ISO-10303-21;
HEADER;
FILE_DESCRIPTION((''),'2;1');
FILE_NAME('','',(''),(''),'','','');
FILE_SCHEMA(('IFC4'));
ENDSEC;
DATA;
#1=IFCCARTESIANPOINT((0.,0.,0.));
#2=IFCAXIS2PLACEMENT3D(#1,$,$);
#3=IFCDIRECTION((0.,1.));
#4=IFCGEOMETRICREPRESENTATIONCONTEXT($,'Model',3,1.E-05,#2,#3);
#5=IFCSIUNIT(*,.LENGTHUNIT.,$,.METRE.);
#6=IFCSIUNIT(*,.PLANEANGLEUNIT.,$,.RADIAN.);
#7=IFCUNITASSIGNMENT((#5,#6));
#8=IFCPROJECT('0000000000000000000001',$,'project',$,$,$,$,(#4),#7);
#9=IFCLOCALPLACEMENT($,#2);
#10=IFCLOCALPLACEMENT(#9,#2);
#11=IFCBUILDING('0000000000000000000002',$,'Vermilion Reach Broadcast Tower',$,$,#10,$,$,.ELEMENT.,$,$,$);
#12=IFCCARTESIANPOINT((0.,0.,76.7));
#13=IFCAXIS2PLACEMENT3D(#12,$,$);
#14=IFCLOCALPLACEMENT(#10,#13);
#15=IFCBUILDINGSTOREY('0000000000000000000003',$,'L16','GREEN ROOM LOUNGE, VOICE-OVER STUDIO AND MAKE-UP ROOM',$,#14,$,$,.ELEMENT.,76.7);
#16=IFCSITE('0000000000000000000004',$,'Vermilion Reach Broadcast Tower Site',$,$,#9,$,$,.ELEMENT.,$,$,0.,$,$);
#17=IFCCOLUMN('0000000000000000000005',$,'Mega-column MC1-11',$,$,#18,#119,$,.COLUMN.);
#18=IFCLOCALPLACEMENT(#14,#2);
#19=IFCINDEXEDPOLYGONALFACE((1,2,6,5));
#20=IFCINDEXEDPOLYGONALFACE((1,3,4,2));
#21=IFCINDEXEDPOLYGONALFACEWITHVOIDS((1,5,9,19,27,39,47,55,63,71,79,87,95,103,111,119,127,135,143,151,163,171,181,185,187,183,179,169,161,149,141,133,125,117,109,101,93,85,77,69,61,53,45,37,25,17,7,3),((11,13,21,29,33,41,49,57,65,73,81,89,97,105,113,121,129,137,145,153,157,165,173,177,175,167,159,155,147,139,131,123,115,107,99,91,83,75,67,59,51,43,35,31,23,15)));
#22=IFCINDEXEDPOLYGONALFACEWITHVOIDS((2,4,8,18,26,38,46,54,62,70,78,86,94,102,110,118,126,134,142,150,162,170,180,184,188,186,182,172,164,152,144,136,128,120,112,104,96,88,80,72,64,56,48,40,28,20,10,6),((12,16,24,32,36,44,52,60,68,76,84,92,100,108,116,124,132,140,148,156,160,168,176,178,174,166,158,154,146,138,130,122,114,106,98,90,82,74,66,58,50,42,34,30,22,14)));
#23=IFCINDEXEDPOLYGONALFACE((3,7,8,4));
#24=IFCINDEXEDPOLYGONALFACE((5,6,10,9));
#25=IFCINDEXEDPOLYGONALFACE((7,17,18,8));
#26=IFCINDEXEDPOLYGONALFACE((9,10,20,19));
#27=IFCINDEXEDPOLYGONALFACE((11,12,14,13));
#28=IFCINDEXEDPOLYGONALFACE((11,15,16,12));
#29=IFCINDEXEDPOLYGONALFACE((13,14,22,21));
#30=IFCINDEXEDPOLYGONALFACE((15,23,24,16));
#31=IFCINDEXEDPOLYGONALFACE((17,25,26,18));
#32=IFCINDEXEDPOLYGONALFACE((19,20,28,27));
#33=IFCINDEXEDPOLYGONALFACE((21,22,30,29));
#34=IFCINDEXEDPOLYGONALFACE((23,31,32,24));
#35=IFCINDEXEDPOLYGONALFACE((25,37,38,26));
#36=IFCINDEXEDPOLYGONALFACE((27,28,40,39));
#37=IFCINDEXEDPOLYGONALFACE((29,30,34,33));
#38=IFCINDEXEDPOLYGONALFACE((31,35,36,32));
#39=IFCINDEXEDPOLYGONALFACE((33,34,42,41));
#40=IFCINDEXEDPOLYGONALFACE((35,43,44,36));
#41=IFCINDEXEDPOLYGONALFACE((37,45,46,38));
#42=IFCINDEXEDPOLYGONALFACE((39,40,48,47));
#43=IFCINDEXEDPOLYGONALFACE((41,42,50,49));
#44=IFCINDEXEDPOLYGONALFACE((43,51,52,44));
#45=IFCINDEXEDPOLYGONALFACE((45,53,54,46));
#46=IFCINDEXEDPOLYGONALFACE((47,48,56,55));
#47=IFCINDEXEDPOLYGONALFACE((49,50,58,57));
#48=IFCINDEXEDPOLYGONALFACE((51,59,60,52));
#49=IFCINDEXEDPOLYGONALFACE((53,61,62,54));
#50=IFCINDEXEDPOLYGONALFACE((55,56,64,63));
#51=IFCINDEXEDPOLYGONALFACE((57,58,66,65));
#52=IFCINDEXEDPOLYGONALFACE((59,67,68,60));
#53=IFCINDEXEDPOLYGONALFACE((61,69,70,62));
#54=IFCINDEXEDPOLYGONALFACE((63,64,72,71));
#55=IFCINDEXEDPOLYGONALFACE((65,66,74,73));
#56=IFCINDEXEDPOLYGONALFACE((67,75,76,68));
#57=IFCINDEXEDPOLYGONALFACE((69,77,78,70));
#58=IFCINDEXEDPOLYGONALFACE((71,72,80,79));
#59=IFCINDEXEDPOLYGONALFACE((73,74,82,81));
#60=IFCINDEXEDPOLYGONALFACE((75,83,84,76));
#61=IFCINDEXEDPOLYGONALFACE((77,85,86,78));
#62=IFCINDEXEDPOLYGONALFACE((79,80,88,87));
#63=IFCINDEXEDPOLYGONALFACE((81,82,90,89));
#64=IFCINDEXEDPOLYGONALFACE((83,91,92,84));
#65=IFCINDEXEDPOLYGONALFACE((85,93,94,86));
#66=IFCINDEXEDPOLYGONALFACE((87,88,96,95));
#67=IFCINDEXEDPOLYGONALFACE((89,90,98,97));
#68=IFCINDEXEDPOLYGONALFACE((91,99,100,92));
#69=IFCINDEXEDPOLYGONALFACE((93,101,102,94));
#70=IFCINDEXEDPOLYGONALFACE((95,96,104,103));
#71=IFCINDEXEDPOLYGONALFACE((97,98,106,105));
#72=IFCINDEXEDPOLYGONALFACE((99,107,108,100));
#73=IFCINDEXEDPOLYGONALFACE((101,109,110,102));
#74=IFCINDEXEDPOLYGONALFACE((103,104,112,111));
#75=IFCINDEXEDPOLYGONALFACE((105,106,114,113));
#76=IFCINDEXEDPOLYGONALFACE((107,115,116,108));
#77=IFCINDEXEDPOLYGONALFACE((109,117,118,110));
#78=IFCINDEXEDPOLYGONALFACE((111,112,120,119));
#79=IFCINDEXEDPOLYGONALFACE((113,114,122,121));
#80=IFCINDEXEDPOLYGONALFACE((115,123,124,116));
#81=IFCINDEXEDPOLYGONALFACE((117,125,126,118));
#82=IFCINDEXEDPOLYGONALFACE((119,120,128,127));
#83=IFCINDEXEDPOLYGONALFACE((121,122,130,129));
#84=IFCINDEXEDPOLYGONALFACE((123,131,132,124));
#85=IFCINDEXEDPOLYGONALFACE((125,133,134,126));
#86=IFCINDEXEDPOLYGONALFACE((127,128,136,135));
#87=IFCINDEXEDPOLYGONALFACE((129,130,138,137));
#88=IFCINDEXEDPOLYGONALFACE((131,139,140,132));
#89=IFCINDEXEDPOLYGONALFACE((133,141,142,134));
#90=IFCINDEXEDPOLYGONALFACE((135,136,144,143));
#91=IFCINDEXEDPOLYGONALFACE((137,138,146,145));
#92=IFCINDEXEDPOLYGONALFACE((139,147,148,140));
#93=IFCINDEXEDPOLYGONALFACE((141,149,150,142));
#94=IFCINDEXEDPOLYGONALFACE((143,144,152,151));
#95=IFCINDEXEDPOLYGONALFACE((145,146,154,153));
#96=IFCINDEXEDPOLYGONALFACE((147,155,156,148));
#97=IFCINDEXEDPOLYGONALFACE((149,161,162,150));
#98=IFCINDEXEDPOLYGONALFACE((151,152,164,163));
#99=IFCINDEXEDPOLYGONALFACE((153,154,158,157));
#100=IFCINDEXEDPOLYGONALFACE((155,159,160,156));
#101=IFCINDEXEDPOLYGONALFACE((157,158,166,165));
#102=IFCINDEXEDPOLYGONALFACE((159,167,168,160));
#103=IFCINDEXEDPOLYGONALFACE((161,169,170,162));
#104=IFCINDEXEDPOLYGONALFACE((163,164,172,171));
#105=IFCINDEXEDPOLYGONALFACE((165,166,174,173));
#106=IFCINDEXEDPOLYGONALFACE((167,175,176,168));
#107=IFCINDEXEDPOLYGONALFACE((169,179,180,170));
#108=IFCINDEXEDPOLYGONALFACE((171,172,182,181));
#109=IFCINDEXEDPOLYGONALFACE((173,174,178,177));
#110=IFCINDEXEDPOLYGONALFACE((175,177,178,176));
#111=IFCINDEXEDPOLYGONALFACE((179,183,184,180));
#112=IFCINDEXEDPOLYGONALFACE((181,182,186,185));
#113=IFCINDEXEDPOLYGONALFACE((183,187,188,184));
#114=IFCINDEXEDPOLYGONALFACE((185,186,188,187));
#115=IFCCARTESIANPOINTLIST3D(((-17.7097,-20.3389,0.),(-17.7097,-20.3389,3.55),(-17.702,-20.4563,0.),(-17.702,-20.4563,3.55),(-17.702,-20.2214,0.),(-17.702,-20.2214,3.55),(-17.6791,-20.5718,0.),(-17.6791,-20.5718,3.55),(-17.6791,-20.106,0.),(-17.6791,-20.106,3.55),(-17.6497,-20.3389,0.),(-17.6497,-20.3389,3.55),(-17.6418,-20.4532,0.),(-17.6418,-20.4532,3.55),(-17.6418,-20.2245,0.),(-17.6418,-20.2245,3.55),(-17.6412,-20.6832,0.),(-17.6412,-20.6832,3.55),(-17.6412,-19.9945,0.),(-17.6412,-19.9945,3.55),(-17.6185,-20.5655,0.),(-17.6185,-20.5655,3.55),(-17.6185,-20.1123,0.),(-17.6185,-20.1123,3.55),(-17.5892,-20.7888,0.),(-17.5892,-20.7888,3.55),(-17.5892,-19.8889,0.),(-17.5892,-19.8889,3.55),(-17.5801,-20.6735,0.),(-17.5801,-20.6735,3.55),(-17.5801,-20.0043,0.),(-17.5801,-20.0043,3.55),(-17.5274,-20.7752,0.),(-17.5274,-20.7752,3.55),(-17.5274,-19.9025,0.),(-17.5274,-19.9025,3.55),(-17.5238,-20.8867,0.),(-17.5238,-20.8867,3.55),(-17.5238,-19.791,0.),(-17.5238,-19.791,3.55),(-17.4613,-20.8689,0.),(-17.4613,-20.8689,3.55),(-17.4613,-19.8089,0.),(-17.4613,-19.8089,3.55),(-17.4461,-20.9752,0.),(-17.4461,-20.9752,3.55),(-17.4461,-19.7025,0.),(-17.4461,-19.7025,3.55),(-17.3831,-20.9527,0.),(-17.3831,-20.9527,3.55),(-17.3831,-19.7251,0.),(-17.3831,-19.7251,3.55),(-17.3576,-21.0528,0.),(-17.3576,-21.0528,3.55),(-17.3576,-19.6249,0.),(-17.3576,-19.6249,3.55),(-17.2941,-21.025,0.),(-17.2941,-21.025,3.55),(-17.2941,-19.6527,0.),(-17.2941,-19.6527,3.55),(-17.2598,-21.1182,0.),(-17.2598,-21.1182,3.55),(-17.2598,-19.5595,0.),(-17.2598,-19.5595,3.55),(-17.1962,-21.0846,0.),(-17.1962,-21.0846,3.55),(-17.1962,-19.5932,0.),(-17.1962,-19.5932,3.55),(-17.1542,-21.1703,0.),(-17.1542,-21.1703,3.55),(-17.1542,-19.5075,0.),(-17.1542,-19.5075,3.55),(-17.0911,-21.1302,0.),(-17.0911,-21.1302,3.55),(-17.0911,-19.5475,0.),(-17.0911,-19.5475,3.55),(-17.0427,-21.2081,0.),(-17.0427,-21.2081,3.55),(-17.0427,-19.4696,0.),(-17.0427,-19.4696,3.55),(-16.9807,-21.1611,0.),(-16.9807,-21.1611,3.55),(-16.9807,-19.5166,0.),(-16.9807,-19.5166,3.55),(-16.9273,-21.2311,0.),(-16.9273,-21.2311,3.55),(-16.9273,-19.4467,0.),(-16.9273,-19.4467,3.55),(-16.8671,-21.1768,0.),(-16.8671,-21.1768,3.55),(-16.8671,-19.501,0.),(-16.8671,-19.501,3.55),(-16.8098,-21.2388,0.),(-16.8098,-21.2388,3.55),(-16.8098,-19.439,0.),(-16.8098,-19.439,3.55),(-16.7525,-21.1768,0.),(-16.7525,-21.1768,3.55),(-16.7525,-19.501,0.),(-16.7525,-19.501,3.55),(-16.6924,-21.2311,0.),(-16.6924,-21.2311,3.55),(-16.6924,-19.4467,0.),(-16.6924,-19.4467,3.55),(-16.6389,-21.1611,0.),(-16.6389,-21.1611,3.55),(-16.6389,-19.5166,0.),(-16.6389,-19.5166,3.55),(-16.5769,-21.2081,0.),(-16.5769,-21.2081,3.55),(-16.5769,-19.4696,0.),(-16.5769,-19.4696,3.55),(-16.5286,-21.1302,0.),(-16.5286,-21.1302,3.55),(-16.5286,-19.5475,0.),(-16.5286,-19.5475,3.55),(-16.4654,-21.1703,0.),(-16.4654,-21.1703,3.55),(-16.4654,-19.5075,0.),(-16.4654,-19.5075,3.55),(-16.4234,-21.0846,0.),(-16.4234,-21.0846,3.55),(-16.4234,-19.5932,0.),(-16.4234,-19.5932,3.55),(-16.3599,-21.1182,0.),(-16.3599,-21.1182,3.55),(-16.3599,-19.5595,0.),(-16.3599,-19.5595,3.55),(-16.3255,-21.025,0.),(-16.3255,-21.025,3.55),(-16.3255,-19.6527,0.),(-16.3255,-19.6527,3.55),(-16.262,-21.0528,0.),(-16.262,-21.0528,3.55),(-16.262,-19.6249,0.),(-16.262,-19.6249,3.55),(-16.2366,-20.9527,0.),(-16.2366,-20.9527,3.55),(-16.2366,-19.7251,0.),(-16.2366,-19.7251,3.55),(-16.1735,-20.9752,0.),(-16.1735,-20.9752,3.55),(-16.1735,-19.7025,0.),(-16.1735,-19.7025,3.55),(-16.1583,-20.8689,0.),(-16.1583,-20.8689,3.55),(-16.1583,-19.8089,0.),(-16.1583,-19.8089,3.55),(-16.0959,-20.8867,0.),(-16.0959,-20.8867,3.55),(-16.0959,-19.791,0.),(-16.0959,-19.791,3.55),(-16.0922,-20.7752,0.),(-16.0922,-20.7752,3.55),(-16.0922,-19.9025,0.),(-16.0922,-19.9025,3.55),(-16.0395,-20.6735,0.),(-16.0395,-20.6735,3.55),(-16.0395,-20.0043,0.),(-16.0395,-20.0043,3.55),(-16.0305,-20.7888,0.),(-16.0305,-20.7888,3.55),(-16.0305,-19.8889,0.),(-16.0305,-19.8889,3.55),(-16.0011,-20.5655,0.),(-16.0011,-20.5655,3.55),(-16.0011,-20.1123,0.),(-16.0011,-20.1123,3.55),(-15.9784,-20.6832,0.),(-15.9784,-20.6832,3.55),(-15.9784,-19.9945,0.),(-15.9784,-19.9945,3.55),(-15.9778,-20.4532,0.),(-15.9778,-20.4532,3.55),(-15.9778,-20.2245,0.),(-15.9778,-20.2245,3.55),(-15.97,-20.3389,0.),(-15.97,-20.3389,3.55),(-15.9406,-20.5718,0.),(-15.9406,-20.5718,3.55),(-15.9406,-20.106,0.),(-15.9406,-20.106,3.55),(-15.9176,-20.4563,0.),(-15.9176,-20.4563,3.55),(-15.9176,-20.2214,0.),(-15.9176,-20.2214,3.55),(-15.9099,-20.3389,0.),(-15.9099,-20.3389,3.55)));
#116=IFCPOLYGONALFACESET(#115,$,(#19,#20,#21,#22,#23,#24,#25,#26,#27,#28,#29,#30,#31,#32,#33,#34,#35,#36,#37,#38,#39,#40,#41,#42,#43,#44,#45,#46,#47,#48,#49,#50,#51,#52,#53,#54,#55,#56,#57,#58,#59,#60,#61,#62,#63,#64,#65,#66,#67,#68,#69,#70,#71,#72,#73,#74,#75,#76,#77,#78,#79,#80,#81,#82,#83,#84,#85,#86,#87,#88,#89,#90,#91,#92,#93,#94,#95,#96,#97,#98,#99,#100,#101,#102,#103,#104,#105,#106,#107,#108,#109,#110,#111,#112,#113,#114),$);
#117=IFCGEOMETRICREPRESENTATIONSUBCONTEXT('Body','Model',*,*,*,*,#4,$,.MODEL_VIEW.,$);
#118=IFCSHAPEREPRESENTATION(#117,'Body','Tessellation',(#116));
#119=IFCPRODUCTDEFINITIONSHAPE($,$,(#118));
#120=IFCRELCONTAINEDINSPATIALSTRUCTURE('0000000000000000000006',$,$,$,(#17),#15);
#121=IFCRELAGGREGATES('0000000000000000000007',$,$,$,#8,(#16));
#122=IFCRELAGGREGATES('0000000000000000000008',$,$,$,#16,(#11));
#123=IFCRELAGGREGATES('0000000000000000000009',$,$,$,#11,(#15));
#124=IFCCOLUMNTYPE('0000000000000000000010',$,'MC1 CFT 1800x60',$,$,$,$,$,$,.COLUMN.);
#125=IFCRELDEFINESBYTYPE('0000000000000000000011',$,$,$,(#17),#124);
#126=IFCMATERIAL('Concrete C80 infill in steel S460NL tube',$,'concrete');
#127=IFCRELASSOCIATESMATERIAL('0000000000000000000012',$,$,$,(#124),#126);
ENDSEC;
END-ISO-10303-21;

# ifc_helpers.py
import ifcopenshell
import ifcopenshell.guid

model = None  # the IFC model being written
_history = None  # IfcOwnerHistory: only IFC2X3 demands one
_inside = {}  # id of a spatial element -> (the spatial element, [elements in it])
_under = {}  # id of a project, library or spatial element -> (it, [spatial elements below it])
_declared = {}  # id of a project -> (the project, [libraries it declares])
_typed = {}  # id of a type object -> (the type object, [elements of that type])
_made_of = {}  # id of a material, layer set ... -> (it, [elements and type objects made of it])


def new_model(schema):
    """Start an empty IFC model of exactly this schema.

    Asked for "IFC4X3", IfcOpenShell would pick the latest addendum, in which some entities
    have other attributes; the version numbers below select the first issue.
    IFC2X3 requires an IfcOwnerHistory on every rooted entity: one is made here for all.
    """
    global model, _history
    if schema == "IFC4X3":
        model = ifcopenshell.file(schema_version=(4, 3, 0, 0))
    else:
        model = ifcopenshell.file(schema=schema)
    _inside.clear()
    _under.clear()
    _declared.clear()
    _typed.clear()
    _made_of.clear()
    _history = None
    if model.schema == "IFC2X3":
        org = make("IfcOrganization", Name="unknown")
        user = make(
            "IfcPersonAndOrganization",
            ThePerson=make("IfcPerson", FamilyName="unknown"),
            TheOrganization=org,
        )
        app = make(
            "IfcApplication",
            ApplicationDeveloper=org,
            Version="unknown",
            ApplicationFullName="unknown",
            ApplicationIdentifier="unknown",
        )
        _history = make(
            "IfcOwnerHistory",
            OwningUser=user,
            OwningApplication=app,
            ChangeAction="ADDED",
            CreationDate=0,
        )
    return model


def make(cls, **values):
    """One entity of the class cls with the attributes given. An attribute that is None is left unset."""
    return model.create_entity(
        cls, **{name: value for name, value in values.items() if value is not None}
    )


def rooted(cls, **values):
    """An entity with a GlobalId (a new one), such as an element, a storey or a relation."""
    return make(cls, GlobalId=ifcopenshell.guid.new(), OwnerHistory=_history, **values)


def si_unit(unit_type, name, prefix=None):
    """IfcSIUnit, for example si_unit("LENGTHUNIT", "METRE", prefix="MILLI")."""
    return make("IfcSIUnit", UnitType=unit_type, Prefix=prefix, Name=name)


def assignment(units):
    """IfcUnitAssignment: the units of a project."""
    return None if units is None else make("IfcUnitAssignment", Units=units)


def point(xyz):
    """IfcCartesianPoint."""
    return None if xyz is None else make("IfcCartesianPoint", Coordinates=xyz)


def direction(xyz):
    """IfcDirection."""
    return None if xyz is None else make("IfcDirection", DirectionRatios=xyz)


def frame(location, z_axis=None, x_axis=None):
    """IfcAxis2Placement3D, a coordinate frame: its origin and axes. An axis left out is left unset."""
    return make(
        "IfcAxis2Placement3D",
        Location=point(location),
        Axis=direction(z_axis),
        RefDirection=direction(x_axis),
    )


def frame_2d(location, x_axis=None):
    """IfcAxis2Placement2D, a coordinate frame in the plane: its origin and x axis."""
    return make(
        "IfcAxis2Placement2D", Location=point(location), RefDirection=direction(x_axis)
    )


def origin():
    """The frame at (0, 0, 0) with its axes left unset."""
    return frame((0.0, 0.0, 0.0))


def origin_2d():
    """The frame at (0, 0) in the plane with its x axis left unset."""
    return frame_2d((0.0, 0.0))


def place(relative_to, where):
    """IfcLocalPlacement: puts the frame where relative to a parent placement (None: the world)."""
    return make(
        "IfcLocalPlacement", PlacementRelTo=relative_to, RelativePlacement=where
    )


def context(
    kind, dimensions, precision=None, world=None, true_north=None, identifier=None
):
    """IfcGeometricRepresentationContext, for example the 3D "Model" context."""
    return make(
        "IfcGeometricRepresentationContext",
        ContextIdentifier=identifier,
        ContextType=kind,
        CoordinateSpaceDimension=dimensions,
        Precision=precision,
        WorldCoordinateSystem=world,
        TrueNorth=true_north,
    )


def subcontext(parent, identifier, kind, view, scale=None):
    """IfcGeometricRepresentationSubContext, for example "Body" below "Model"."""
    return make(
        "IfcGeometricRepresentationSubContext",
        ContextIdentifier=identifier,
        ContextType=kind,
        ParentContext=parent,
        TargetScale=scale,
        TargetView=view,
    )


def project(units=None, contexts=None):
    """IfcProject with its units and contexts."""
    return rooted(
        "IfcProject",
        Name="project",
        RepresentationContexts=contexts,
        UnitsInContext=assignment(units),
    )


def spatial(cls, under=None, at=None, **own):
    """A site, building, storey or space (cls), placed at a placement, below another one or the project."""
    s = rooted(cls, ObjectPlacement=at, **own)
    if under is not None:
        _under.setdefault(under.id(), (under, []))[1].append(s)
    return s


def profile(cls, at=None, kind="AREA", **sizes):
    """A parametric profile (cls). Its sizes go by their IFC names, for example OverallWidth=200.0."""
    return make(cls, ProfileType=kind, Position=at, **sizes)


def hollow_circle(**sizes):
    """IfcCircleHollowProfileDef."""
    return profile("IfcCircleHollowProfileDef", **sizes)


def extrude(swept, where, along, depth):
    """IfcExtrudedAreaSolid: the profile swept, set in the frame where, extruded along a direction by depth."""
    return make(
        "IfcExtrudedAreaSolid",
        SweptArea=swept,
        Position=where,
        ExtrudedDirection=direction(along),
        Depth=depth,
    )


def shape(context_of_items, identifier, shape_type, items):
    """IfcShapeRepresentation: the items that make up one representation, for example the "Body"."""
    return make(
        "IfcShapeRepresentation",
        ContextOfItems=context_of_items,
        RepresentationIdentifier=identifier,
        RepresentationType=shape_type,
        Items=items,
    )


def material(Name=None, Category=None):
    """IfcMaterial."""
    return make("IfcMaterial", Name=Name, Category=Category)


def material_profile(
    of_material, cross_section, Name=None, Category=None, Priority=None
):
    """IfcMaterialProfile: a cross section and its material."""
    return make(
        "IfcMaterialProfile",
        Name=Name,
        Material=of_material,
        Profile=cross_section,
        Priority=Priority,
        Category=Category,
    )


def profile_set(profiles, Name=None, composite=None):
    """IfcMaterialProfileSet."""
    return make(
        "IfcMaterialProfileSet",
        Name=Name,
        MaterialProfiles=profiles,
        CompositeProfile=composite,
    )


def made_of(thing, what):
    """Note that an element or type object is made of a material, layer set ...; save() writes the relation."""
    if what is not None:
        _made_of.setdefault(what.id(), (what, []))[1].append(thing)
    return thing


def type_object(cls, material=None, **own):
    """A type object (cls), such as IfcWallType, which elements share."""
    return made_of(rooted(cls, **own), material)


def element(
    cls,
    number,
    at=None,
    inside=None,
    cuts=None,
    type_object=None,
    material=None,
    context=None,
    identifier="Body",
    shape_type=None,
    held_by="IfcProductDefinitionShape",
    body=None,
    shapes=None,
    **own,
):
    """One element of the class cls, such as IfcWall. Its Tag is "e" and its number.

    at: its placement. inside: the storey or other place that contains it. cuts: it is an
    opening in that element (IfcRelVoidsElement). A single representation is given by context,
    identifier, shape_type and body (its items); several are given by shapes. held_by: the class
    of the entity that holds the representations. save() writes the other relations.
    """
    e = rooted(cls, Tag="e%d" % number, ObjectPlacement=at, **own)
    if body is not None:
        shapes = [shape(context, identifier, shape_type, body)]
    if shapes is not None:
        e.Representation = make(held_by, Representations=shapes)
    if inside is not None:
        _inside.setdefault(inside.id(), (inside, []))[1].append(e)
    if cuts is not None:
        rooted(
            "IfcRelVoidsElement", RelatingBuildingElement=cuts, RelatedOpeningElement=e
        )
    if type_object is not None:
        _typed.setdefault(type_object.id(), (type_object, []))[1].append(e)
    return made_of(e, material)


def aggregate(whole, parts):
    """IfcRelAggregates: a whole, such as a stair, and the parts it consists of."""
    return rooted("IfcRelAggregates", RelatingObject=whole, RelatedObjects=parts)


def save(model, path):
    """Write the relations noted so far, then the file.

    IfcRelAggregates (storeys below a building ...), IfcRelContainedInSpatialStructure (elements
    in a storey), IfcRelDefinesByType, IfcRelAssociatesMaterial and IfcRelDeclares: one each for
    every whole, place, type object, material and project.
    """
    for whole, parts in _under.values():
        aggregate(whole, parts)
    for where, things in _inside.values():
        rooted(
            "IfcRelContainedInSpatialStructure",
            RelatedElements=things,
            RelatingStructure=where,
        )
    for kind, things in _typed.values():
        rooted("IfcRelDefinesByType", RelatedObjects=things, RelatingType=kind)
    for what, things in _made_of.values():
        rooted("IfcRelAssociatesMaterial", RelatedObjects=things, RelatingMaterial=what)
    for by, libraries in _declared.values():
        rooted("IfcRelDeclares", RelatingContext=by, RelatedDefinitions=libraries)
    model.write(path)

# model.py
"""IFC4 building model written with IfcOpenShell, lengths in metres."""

from ifc_helpers import new_model, si_unit, direction, frame, origin, origin_2d, place, context, subcontext, project, spatial, hollow_circle, extrude, material, material_profile, profile_set, type_object, element, save


model = new_model("IFC4")

# Units and contexts
model_context = context("Model", 3, precision=1e-05, world=origin(), true_north=direction((0.0, 1.0)))
body_context = subcontext(model_context, "Body", "Model", "MODEL_VIEW")
ifc_project = project(units=[si_unit("LENGTHUNIT", "METRE"), si_unit("PLANEANGLEUNIT", "RADIAN")], contexts=[model_context])

# Site, building, storey
site_placement = place(None, origin())
site = spatial("IfcSite", under=ifc_project, at=site_placement, Name="Vermilion Reach Broadcast Tower Site", CompositionType="ELEMENT", RefElevation=0.0)
building_placement = place(site_placement, origin())
building = spatial("IfcBuilding", under=site, at=building_placement, Name="Vermilion Reach Broadcast Tower", CompositionType="ELEMENT")
storey_placement = place(building_placement, frame((0.0, 0.0, 76.7)))
storey = spatial("IfcBuildingStorey", under=building, at=storey_placement, Name="L16", Description="GREEN ROOM LOUNGE, VOICE-OVER STUDIO AND MAKE-UP ROOM", CompositionType="ELEMENT", Elevation=76.7)

# Column
ifc_material_1 = material(Name="Concrete C80 infill in steel S460NL tube", Category="concrete")
ifc_material_profile_1 = material_profile(ifc_material_1, hollow_circle(Radius=0.8999, WallThickness=0.0601, at=origin_2d()), Name="Concrete C80 infill in steel S460NL tube CFT 1800x60")
ifc_profile_set_1 = profile_set([ifc_material_profile_1], Name="Concrete C80 infill in steel S460NL tube")
column_type = type_object("IfcColumnType", Name="MC1 CFT 1800x60", PredefinedType="COLUMN", material=ifc_profile_set_1)
for number, where, z_axis, x_axis, name in (
    (1, (-16.8098, -20.3389, 0.0), (0.0, 0.0, 1.0), (1.0, 0.0, 0.0), "Mega-column MC1-11"),
):
    element("IfcColumn", number, at=place(storey_placement, frame(where, z_axis=z_axis, x_axis=x_axis)), inside=storey, type_object=column_type, Name=name, PredefinedType="COLUMN", context=body_context, shape_type="SweptSolid", body=[
        extrude(hollow_circle(Radius=0.8999, WallThickness=0.0601, at=origin_2d()), origin(), (0.0, 0.0, 1.0), 3.55),
    ])

save(model, "model.ifc")
